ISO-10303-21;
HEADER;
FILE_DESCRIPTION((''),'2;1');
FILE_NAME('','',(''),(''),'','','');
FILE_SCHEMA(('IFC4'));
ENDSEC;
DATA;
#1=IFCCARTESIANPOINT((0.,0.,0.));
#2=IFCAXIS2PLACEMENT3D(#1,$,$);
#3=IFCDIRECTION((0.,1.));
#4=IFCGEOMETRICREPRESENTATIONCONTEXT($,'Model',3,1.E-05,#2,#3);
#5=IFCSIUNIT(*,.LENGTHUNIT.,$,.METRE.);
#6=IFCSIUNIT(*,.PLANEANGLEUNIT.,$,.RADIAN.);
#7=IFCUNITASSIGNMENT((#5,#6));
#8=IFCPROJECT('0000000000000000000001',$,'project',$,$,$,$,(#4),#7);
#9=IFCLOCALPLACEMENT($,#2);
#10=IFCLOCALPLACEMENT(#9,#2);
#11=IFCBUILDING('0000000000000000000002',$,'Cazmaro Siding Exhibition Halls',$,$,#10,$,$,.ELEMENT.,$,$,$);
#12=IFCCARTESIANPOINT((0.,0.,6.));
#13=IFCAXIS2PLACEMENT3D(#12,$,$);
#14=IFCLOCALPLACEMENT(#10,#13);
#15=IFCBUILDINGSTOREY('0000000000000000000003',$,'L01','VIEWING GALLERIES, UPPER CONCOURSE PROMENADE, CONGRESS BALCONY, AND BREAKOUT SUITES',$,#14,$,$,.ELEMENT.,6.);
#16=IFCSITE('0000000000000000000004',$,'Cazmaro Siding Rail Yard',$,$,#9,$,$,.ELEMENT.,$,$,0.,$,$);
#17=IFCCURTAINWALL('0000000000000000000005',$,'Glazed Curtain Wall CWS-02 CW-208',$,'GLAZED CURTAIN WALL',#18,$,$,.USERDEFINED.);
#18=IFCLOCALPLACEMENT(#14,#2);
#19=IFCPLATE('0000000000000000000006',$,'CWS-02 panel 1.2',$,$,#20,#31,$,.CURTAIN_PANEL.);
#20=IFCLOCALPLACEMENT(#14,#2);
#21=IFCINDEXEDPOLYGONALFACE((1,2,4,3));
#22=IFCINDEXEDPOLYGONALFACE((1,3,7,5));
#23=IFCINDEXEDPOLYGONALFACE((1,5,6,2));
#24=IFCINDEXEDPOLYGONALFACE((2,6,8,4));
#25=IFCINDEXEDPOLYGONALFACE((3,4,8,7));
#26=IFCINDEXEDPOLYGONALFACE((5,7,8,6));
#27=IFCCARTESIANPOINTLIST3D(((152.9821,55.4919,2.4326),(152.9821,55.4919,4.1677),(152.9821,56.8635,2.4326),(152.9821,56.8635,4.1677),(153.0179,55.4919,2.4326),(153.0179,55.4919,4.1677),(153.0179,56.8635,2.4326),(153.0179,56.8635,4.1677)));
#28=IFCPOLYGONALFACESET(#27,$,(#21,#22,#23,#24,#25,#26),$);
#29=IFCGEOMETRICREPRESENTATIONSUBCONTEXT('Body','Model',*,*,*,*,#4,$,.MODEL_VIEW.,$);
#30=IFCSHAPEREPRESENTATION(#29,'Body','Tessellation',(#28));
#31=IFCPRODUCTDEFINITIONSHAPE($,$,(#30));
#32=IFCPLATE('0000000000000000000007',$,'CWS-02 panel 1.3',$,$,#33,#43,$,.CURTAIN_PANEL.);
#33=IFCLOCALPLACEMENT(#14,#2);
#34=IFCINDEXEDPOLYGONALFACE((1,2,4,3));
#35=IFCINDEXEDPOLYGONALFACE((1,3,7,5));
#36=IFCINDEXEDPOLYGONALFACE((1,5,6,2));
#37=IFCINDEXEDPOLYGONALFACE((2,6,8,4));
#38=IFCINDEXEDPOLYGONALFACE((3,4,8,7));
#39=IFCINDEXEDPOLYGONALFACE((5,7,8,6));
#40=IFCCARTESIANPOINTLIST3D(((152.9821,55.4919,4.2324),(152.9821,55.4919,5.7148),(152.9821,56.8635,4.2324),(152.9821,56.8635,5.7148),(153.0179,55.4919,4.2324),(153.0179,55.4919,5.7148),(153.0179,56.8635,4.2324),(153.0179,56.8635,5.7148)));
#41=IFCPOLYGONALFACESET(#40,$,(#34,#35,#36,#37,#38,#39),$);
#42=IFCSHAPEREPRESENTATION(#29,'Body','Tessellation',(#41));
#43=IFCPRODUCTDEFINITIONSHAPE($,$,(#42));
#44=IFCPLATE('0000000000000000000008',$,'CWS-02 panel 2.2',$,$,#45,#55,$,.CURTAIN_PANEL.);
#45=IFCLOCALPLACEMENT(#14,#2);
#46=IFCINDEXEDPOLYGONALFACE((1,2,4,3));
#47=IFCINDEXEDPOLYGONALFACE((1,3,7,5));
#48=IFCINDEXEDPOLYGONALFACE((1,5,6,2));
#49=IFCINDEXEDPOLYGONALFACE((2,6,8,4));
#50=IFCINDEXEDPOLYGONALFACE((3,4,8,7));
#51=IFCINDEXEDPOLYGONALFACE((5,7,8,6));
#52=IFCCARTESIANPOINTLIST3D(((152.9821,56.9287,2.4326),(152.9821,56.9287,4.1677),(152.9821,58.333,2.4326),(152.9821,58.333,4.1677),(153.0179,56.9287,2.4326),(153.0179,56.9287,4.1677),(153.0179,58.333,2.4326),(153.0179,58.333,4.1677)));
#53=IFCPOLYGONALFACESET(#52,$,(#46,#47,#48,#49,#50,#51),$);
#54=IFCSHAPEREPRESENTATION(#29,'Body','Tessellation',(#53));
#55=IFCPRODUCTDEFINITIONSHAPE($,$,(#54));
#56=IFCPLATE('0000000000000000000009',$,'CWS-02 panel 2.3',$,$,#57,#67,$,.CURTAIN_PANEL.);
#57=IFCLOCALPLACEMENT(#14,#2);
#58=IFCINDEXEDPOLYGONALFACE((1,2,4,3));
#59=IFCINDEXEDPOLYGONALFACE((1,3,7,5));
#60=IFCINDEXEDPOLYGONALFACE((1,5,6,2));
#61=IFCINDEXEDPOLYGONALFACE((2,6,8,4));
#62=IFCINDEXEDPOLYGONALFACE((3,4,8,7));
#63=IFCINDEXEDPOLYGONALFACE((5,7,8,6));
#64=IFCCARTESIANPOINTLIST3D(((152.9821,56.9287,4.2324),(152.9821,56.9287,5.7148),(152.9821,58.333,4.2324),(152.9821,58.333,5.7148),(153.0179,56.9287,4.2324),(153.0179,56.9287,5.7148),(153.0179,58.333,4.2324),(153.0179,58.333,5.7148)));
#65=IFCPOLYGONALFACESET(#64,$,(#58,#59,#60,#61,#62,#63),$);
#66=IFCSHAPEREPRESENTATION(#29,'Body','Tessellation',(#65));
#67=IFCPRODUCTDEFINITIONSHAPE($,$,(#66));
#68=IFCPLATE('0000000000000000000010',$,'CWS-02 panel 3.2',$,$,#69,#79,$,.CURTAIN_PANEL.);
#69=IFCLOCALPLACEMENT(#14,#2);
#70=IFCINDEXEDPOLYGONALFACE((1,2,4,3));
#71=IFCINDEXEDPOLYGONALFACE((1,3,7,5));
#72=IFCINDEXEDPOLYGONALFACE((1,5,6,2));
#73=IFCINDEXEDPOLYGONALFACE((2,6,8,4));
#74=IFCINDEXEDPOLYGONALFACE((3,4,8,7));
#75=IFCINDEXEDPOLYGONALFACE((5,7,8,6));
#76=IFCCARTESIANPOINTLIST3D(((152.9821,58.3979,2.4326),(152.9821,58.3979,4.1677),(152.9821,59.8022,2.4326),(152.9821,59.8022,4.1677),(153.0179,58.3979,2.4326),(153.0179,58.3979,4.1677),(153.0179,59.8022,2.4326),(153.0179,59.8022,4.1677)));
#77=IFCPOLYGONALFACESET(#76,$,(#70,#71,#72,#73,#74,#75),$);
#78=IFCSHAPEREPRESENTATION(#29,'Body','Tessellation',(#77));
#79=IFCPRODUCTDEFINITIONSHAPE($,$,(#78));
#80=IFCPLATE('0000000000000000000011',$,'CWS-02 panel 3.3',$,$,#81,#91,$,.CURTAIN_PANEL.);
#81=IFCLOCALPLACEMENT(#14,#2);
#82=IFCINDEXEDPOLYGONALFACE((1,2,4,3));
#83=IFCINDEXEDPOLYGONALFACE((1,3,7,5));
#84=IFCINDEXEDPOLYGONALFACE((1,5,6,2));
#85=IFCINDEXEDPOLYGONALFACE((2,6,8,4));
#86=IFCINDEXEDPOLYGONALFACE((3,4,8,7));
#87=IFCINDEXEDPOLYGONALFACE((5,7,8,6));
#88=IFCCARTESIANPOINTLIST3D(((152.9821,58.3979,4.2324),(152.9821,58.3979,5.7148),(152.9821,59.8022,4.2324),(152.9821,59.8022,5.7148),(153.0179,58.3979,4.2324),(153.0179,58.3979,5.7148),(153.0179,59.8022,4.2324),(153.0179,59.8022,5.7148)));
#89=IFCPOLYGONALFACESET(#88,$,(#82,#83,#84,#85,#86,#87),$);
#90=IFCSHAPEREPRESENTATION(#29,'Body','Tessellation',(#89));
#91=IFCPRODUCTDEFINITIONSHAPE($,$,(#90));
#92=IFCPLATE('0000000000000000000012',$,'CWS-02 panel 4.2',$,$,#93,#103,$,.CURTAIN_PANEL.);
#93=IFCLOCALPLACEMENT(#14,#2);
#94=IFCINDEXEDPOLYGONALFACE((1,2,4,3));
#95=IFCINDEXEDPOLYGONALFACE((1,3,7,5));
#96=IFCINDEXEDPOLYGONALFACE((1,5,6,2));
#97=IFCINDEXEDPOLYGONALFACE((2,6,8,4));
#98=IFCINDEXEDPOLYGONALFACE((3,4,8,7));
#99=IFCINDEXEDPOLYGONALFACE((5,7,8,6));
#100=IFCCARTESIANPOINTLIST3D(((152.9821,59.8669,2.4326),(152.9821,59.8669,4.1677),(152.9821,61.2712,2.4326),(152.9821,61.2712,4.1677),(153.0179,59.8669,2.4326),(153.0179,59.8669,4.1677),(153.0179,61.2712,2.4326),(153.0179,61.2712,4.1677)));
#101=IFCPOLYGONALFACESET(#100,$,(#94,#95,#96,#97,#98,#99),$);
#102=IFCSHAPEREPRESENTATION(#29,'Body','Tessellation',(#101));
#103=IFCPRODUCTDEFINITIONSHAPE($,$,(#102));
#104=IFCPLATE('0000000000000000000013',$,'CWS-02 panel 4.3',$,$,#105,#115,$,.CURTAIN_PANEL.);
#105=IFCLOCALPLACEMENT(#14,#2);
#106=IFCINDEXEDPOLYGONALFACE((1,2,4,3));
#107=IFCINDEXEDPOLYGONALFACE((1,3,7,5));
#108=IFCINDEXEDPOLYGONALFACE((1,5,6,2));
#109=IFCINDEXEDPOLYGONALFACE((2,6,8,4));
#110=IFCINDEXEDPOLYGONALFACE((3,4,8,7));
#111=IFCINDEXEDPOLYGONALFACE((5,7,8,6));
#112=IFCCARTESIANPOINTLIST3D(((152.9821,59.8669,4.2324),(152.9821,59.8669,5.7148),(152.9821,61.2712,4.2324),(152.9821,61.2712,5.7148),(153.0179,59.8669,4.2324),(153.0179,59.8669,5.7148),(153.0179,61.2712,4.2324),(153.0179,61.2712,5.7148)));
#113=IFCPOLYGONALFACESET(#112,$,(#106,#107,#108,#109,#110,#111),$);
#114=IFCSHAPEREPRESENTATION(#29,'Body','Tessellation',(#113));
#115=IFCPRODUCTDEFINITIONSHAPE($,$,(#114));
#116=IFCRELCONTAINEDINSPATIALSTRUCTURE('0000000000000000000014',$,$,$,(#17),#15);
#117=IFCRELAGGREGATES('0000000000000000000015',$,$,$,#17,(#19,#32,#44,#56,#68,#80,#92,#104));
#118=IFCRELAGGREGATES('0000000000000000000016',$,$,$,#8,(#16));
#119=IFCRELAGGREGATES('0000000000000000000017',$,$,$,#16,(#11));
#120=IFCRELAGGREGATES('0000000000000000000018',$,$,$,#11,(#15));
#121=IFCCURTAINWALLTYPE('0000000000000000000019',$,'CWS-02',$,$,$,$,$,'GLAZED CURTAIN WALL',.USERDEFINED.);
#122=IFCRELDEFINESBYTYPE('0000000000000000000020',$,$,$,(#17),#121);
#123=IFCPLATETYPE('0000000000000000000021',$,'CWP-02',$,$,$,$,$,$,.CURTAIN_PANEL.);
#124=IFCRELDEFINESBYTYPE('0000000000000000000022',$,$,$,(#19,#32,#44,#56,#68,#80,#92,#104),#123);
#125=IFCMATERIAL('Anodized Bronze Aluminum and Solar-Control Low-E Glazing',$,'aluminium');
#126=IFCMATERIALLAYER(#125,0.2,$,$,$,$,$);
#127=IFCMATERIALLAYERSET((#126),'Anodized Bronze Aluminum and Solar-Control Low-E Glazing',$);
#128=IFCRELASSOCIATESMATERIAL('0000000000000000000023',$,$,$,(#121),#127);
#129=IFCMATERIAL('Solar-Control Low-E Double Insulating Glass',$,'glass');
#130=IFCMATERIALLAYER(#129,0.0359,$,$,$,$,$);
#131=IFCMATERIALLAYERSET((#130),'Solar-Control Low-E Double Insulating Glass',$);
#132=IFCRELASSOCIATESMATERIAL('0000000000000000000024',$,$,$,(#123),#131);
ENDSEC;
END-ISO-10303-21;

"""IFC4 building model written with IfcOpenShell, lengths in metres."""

from ifc_helpers import new_model, si_unit, direction, frame, origin, origin_2d, place, context, subcontext, project, spatial, rectangle, extrude, material, layer, layer_set, type_object, element, aggregate, save


model = new_model("IFC4")

# Units and contexts
model_context = context("Model", 3, precision=1e-05, world=origin(), true_north=direction((0.0, 1.0)))
body_context = subcontext(model_context, "Body", "Model", "MODEL_VIEW")
ifc_project = project(units=[si_unit("LENGTHUNIT", "METRE"), si_unit("PLANEANGLEUNIT", "RADIAN")], contexts=[model_context])

# Site, building, storey
site_placement = place(None, origin())
site = spatial("IfcSite", under=ifc_project, at=site_placement, Name="Cazmaro Siding Rail Yard", CompositionType="ELEMENT", RefElevation=0.0)
building_placement = place(site_placement, origin())
building = spatial("IfcBuilding", under=site, at=building_placement, Name="Cazmaro Siding Exhibition Halls", CompositionType="ELEMENT")
storey_placement = place(building_placement, frame((0.0, 0.0, 6.0)))
storey = spatial("IfcBuildingStorey", under=building, at=storey_placement, Name="L01", Description="VIEWING GALLERIES, UPPER CONCOURSE PROMENADE, CONGRESS BALCONY, AND BREAKOUT SUITES", CompositionType="ELEMENT", Elevation=6.0)

# Curtain wall
ifc_material_1 = material(Name="Anodized Bronze Aluminum and Solar-Control Low-E Glazing", Category="aluminium")
ifc_layer_1 = layer(ifc_material_1, 0.2)
ifc_layer_set_1 = layer_set([ifc_layer_1], Name="Anodized Bronze Aluminum and Solar-Control Low-E Glazing")
curtain_wall_type_1 = type_object("IfcCurtainWallType", Name="CWS-02", ElementType="GLAZED CURTAIN WALL", PredefinedType="USERDEFINED", material=ifc_layer_set_1)
curtain_wall_1_placement = place(storey_placement, origin())
curtain_wall_1 = element("IfcCurtainWall", 1, at=curtain_wall_1_placement, inside=storey, type_object=curtain_wall_type_1, Name="Glazed Curtain Wall CWS-02 CW-208", ObjectType="GLAZED CURTAIN WALL", PredefinedType="USERDEFINED")

# Plates
ifc_material_2 = material(Name="Solar-Control Low-E Double Insulating Glass", Category="glass")
ifc_layer_2 = layer(ifc_material_2, 0.0359)
ifc_layer_set_2 = layer_set([ifc_layer_2], Name="Solar-Control Low-E Double Insulating Glass")
plate_type_1 = type_object("IfcPlateType", Name="CWP-02", PredefinedType="CURTAIN_PANEL", material=ifc_layer_set_2)
plate_1_placement = place(storey_placement, frame((153.0, 56.1777, 2.4326), z_axis=(0.0, 0.0, 1.0), x_axis=(0.0, 1.0, 0.0)))
plate_1 = element("IfcPlate", 2, at=plate_1_placement, type_object=plate_type_1, Name="CWS-02 panel 1.2", PredefinedType="CURTAIN_PANEL", context=body_context, shape_type="SweptSolid", body=[
    extrude(rectangle(XDim=1.3716, YDim=0.0359, at=origin_2d()), origin(), (0.0, 0.0, 1.0), 1.7351),
])
plate_2_placement = place(storey_placement, frame((153.0, 56.1777, 4.2324), z_axis=(0.0, 0.0, 1.0), x_axis=(0.0, 1.0, 0.0)))
plate_2 = element("IfcPlate", 3, at=plate_2_placement, type_object=plate_type_1, Name="CWS-02 panel 1.3", PredefinedType="CURTAIN_PANEL", context=body_context, shape_type="SweptSolid", body=[
    extrude(rectangle(XDim=1.3716, YDim=0.0359, at=origin_2d()), origin(), (0.0, 0.0, 1.0), 1.4824),
])
plate_3_placement = place(storey_placement, frame((153.0, 57.6309, 2.4326), z_axis=(0.0, 0.0, 1.0), x_axis=(0.0, 1.0, 0.0)))
plate_3 = element("IfcPlate", 4, at=plate_3_placement, type_object=plate_type_1, Name="CWS-02 panel 2.2", PredefinedType="CURTAIN_PANEL", context=body_context, shape_type="SweptSolid", body=[
    extrude(rectangle(XDim=1.4043, YDim=0.0359, at=origin_2d()), origin(), (0.0, 0.0, 1.0), 1.7351),
])
plate_4_placement = place(storey_placement, frame((153.0, 57.6309, 4.2324), z_axis=(0.0, 0.0, 1.0), x_axis=(0.0, 1.0, 0.0)))
plate_4 = element("IfcPlate", 5, at=plate_4_placement, type_object=plate_type_1, Name="CWS-02 panel 2.3", PredefinedType="CURTAIN_PANEL", context=body_context, shape_type="SweptSolid", body=[
    extrude(rectangle(XDim=1.4043, YDim=0.0359, at=origin_2d()), origin(), (0.0, 0.0, 1.0), 1.4824),
])
plate_5_placement = place(storey_placement, frame((153.0, 59.1001, 2.4326), z_axis=(0.0, 0.0, 1.0), x_axis=(0.0, 1.0, 0.0)))
plate_5 = element("IfcPlate", 6, at=plate_5_placement, type_object=plate_type_1, Name="CWS-02 panel 3.2", PredefinedType="CURTAIN_PANEL", context=body_context, shape_type="SweptSolid", body=[
    extrude(rectangle(XDim=1.4043, YDim=0.0359, at=origin_2d()), origin(), (0.0, 0.0, 1.0), 1.7351),
])
plate_6_placement = place(storey_placement, frame((153.0, 59.1001, 4.2324), z_axis=(0.0, 0.0, 1.0), x_axis=(0.0, 1.0, 0.0)))
plate_6 = element("IfcPlate", 7, at=plate_6_placement, type_object=plate_type_1, Name="CWS-02 panel 3.3", PredefinedType="CURTAIN_PANEL", context=body_context, shape_type="SweptSolid", body=[
    extrude(rectangle(XDim=1.4043, YDim=0.0359, at=origin_2d()), origin(), (0.0, 0.0, 1.0), 1.4824),
])
plate_7_placement = place(storey_placement, frame((153.0, 60.5691, 2.4326), z_axis=(0.0, 0.0, 1.0), x_axis=(0.0, 1.0, 0.0)))
plate_7 = element("IfcPlate", 8, at=plate_7_placement, type_object=plate_type_1, Name="CWS-02 panel 4.2", PredefinedType="CURTAIN_PANEL", context=body_context, shape_type="SweptSolid", body=[
    extrude(rectangle(XDim=1.4043, YDim=0.0359, at=origin_2d()), origin(), (0.0, 0.0, 1.0), 1.7351),
])
plate_8_placement = place(storey_placement, frame((153.0, 60.5691, 4.2324), z_axis=(0.0, 0.0, 1.0), x_axis=(0.0, 1.0, 0.0)))
plate_8 = element("IfcPlate", 9, at=plate_8_placement, type_object=plate_type_1, Name="CWS-02 panel 4.3", PredefinedType="CURTAIN_PANEL", context=body_context, shape_type="SweptSolid", body=[
    extrude(rectangle(XDim=1.4043, YDim=0.0359, at=origin_2d()), origin(), (0.0, 0.0, 1.0), 1.4824),
])
aggregate(curtain_wall_1, [plate_1, plate_2, plate_3, plate_4, plate_5, plate_6, plate_7, plate_8])

save(model, "model.ifc")
